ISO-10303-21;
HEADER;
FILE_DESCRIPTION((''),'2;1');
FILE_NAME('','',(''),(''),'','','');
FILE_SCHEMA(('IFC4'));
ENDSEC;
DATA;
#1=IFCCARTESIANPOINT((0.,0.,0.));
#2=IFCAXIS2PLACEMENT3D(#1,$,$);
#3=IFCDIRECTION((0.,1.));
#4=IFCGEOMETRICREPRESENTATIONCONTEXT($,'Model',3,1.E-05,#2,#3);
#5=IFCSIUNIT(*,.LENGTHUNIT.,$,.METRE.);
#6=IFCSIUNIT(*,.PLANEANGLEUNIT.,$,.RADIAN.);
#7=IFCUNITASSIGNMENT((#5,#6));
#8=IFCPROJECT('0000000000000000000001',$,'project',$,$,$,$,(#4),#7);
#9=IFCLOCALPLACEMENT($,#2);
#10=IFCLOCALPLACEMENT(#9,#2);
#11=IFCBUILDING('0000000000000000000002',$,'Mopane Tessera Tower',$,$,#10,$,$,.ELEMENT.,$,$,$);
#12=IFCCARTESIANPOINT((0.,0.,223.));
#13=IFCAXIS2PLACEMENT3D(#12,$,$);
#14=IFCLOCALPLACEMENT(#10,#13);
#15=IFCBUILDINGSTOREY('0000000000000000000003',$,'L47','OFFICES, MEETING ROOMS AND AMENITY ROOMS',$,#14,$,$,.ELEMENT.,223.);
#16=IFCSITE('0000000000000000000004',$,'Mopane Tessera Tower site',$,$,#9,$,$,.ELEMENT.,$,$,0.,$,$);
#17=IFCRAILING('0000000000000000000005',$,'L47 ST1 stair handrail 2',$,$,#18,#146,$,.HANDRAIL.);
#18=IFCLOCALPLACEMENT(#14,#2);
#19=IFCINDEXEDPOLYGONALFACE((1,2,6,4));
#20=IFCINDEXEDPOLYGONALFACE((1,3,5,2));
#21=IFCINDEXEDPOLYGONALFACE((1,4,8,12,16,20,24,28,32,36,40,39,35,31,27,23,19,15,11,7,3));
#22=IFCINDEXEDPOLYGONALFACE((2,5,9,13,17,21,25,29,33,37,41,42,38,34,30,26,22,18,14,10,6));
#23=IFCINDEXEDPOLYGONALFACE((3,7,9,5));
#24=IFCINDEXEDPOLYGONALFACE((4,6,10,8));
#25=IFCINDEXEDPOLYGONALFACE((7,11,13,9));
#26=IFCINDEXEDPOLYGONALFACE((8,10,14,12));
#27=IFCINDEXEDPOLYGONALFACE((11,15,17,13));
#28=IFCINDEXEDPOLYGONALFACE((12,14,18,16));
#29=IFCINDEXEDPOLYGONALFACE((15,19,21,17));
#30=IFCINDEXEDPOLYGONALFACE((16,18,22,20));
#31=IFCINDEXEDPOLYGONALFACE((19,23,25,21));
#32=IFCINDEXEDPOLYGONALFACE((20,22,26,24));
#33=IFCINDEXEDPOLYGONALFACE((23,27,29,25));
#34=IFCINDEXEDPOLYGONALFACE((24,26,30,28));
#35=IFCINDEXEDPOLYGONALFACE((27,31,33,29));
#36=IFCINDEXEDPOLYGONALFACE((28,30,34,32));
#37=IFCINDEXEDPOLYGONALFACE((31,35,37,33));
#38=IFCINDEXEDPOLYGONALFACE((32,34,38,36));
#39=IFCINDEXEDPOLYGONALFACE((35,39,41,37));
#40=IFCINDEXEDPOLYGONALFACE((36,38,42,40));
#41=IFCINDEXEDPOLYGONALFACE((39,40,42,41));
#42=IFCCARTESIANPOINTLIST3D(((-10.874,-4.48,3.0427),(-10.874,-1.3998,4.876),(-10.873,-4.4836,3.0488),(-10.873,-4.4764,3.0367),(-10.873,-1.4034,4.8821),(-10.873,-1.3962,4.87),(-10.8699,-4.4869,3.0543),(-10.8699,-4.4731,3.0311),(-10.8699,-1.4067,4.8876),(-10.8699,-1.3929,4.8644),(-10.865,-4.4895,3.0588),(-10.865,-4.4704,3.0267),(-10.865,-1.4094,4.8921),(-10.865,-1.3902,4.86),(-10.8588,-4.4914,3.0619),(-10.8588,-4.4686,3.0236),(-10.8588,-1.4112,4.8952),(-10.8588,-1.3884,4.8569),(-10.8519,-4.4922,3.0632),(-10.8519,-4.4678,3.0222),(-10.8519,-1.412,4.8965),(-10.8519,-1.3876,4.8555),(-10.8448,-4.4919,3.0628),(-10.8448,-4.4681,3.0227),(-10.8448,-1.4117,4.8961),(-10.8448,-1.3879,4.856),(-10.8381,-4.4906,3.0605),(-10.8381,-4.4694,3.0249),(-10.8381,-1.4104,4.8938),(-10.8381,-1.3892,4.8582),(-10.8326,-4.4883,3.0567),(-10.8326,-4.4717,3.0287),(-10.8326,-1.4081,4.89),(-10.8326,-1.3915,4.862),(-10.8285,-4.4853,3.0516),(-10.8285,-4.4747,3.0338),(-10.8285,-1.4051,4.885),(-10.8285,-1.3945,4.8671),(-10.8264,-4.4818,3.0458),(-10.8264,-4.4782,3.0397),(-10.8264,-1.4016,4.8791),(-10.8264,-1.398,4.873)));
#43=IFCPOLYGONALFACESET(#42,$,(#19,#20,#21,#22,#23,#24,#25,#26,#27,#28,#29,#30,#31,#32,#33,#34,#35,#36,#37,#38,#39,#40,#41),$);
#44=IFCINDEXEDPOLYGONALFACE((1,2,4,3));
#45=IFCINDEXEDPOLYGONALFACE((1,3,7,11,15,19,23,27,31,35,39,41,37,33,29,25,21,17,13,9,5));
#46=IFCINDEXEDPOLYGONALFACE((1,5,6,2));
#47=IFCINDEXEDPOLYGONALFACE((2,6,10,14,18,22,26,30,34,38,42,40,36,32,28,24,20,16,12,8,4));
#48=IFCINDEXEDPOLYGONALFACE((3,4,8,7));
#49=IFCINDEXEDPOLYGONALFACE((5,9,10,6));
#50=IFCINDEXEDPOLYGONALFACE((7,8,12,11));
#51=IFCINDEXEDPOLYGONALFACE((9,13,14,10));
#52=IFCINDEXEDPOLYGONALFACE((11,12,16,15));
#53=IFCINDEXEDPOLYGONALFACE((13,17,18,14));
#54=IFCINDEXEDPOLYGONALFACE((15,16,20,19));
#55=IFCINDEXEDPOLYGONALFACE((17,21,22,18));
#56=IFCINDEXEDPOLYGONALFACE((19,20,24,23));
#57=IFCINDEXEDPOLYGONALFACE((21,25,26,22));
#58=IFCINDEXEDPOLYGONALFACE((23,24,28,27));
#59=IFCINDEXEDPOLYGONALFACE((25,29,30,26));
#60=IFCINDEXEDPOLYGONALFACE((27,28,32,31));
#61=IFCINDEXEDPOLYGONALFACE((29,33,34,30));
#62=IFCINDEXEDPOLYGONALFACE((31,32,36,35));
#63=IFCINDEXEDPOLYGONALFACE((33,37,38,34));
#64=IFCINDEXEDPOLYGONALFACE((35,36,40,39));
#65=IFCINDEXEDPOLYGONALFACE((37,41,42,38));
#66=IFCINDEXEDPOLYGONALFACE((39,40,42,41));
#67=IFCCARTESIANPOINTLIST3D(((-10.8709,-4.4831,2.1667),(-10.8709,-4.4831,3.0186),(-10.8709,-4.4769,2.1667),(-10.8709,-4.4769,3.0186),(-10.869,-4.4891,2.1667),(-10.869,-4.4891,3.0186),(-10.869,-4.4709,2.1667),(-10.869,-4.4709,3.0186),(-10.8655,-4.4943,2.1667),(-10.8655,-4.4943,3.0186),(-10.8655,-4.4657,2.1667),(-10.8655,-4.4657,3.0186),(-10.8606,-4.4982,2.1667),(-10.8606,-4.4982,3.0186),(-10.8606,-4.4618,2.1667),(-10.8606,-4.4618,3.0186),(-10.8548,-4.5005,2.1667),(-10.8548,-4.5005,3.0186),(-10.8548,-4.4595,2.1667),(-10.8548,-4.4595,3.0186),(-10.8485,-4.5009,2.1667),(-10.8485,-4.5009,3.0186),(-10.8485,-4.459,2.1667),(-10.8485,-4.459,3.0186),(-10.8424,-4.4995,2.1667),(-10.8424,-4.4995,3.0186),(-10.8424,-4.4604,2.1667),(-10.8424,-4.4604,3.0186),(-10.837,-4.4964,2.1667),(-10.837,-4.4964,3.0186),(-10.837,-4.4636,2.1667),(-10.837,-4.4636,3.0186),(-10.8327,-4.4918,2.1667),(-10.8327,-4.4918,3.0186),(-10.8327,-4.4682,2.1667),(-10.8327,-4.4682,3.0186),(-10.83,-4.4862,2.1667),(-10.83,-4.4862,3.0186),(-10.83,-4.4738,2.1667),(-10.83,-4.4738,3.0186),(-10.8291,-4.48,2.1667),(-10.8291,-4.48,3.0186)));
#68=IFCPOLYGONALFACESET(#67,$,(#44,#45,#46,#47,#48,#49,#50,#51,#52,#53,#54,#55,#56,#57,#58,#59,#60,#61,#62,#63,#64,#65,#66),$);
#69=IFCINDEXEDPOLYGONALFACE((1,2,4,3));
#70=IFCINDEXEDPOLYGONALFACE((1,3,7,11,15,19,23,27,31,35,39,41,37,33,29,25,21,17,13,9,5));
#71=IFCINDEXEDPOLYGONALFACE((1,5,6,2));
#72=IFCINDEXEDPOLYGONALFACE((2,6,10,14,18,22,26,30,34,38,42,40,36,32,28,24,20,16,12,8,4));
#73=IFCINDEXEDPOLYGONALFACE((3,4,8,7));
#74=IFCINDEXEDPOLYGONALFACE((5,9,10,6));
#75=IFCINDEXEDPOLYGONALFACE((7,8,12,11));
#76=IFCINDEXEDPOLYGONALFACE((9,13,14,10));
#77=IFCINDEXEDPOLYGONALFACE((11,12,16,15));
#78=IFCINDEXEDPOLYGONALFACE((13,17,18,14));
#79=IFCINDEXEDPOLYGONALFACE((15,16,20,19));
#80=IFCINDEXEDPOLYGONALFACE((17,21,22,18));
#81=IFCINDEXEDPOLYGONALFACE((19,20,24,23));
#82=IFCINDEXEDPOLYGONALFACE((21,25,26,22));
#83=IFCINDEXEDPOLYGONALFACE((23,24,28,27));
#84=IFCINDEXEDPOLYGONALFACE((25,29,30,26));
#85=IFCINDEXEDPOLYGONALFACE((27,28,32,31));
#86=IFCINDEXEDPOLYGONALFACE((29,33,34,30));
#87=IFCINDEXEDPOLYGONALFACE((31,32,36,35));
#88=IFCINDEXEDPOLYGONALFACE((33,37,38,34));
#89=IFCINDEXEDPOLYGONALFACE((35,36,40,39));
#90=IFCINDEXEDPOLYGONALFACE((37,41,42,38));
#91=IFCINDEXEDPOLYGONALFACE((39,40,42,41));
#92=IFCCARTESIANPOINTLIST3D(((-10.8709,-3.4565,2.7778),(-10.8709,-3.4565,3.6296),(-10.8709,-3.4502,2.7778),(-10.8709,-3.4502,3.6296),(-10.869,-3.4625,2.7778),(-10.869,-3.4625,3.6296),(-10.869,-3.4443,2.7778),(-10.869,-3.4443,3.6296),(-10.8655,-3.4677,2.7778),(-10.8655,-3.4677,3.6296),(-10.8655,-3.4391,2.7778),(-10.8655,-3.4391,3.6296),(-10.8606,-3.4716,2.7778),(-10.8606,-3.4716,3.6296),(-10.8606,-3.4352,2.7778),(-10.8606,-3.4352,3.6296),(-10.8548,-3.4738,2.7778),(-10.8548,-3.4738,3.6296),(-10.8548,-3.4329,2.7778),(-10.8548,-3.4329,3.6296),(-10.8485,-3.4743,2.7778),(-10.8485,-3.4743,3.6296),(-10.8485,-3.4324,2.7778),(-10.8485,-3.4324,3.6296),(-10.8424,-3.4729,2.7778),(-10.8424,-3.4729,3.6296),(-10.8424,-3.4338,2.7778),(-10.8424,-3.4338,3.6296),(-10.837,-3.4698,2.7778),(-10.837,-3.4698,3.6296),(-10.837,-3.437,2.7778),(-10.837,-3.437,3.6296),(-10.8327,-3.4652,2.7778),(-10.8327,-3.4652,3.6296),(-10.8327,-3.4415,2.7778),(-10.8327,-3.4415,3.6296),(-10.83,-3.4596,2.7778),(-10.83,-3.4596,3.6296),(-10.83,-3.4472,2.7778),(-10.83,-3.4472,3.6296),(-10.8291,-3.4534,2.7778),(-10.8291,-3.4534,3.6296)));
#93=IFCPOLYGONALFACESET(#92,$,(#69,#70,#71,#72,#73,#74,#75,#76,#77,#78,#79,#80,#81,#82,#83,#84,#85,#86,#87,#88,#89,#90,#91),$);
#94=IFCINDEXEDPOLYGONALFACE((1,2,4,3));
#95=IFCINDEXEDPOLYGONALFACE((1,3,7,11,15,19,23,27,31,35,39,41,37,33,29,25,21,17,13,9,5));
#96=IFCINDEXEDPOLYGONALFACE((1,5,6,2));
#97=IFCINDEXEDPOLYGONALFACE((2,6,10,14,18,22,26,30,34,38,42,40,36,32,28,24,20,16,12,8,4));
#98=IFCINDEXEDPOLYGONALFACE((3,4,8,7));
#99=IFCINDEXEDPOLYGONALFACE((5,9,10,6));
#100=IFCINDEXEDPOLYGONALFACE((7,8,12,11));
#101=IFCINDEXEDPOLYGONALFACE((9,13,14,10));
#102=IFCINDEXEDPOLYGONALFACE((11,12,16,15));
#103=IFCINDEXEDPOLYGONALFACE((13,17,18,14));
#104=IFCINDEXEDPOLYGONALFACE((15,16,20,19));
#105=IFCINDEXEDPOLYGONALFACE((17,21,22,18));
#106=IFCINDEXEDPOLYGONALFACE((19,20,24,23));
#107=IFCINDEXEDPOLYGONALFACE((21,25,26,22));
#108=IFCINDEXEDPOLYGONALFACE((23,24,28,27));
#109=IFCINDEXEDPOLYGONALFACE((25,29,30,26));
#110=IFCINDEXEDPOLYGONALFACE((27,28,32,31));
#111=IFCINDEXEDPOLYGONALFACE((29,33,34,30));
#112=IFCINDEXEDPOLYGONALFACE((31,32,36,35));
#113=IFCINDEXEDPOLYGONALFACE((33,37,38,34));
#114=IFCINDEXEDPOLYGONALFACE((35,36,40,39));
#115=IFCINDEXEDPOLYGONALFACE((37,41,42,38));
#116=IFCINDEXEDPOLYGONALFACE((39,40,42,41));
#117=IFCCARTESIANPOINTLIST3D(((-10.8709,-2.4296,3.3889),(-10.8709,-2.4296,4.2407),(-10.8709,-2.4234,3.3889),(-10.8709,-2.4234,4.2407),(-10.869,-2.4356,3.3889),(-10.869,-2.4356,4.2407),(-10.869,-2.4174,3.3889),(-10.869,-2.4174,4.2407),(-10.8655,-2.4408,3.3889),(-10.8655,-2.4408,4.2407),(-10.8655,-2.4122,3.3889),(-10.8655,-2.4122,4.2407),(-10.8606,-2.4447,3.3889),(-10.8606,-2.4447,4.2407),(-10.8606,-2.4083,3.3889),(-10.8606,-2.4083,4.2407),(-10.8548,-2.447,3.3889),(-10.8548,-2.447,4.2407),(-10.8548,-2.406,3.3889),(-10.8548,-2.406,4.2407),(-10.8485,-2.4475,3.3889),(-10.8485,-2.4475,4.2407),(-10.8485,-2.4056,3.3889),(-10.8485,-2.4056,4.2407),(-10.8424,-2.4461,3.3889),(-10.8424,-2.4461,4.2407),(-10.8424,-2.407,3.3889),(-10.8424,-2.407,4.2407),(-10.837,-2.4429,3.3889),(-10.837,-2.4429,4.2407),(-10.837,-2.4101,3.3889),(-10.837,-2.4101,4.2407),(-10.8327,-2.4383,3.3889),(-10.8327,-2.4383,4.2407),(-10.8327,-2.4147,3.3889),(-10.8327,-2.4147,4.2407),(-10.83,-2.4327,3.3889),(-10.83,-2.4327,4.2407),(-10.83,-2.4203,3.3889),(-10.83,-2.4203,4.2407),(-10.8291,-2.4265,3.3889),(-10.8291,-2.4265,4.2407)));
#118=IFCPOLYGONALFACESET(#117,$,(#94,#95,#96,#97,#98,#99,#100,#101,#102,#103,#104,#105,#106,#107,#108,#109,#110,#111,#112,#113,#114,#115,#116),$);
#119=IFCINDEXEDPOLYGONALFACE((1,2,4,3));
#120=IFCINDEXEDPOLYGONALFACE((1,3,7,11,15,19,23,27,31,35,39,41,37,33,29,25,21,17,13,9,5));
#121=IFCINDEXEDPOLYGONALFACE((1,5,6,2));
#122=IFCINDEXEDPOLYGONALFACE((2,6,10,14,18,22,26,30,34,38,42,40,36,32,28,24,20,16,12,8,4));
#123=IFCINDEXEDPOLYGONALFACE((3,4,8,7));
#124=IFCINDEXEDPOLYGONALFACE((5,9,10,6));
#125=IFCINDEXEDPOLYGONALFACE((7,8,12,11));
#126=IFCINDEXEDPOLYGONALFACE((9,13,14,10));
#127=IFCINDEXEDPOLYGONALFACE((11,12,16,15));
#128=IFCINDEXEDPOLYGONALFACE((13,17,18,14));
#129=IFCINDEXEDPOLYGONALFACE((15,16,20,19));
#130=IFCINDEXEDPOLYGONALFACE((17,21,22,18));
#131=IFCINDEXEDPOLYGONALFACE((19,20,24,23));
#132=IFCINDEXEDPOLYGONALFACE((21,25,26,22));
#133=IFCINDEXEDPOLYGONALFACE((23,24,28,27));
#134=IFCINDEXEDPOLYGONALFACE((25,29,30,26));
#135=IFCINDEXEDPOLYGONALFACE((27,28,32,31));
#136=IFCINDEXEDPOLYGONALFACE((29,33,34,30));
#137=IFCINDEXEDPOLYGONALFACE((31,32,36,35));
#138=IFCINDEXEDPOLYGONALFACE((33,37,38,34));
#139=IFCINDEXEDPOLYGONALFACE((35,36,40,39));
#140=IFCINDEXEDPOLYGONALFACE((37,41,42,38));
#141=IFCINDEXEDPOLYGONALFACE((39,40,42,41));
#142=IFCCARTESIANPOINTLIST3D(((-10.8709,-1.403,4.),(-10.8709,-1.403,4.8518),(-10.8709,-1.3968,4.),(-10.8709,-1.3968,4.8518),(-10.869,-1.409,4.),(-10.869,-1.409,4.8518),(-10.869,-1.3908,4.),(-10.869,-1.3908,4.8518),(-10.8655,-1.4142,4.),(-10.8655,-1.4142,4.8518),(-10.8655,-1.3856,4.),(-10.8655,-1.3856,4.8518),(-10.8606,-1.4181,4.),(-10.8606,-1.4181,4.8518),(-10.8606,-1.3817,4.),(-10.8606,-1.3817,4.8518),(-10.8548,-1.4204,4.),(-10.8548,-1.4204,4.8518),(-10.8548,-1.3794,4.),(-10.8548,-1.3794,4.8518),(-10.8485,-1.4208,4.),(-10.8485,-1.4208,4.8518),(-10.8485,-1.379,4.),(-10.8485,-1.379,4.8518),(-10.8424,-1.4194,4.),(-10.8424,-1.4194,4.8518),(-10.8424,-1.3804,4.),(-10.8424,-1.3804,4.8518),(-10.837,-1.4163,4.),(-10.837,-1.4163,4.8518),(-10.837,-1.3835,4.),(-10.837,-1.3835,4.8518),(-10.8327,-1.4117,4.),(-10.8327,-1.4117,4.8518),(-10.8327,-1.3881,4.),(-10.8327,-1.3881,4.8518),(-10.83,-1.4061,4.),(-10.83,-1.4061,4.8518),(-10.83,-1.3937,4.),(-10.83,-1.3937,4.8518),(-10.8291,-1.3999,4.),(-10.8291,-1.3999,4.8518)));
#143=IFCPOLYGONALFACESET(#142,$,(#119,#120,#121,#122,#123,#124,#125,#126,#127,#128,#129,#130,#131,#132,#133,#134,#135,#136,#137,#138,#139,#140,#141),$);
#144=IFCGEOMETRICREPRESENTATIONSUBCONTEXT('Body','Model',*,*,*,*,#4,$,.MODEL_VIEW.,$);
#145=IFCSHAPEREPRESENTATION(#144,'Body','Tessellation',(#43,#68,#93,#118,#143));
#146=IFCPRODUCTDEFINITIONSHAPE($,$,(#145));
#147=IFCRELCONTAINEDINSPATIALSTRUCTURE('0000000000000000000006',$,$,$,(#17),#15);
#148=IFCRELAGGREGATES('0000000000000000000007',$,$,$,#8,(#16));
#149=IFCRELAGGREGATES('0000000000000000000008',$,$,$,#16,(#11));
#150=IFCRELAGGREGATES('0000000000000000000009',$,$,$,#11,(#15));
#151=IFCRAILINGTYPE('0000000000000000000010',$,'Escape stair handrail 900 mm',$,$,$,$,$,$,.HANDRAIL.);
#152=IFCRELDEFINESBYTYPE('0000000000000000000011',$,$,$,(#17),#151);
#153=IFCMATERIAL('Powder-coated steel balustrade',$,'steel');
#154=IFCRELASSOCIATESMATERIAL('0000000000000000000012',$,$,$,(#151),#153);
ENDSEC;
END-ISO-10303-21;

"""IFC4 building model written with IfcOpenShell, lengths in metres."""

from ifc_helpers import new_model, si_unit, direction, frame, origin, origin_2d, place, context, subcontext, project, spatial, circle, extrude, material, type_object, element, save


model = new_model("IFC4")

# Units and contexts
model_context = context("Model", 3, precision=1e-05, world=origin(), true_north=direction((0.0, 1.0)))
body_context = subcontext(model_context, "Body", "Model", "MODEL_VIEW")
ifc_project = project(units=[si_unit("LENGTHUNIT", "METRE"), si_unit("PLANEANGLEUNIT", "RADIAN")], contexts=[model_context])

# Site, building, storey
site_placement = place(None, origin())
site = spatial("IfcSite", under=ifc_project, at=site_placement, Name="Mopane Tessera Tower site", CompositionType="ELEMENT", RefElevation=0.0)
building_placement = place(site_placement, origin())
building = spatial("IfcBuilding", under=site, at=building_placement, Name="Mopane Tessera Tower", CompositionType="ELEMENT")
storey_placement = place(building_placement, frame((0.0, 0.0, 223.0)))
storey = spatial("IfcBuildingStorey", under=building, at=storey_placement, Name="L47", Description="OFFICES, MEETING ROOMS AND AMENITY ROOMS", CompositionType="ELEMENT", Elevation=223.0)

# Railing
ifc_material_1 = material(Name="Powder-coated steel balustrade", Category="steel")
railing_type_1 = type_object("IfcRailingType", Name="Escape stair handrail 900 mm", PredefinedType="HANDRAIL", material=ifc_material_1)
railing_1_placement = place(storey_placement, frame((-10.8501, -4.48, 2.1667)))
element("IfcRailing", 1, at=railing_1_placement, inside=storey, type_object=railing_type_1, Name="L47 ST1 stair handrail 2", PredefinedType="HANDRAIL", context=body_context, shape_type="SweptSolid", body=[
    extrude(circle(Radius=0.0239, at=origin_2d()), frame((0.0, 0.0, 0.876), z_axis=(0.0, 0.859309, 0.511458), x_axis=(-1.0, 0.0, 0.0)), (0.0, 0.0, 1.0), 3.5845),
    extrude(circle(Radius=0.021, at=origin_2d()), origin(), (0.0, 0.0, 1.0), 0.8518),
    extrude(circle(Radius=0.021, at=origin_2d()), frame((0.0, 1.0266, 0.6111)), (0.0, 0.0, 1.0), 0.8518),
    extrude(circle(Radius=0.021, at=origin_2d()), frame((0.0, 2.0535, 1.2222)), (0.0, 0.0, 1.0), 0.8518),
    extrude(circle(Radius=0.021, at=origin_2d()), frame((0.0, 3.0801, 1.8333)), (0.0, 0.0, 1.0), 0.8518),
])

save(model, "model.ifc")
